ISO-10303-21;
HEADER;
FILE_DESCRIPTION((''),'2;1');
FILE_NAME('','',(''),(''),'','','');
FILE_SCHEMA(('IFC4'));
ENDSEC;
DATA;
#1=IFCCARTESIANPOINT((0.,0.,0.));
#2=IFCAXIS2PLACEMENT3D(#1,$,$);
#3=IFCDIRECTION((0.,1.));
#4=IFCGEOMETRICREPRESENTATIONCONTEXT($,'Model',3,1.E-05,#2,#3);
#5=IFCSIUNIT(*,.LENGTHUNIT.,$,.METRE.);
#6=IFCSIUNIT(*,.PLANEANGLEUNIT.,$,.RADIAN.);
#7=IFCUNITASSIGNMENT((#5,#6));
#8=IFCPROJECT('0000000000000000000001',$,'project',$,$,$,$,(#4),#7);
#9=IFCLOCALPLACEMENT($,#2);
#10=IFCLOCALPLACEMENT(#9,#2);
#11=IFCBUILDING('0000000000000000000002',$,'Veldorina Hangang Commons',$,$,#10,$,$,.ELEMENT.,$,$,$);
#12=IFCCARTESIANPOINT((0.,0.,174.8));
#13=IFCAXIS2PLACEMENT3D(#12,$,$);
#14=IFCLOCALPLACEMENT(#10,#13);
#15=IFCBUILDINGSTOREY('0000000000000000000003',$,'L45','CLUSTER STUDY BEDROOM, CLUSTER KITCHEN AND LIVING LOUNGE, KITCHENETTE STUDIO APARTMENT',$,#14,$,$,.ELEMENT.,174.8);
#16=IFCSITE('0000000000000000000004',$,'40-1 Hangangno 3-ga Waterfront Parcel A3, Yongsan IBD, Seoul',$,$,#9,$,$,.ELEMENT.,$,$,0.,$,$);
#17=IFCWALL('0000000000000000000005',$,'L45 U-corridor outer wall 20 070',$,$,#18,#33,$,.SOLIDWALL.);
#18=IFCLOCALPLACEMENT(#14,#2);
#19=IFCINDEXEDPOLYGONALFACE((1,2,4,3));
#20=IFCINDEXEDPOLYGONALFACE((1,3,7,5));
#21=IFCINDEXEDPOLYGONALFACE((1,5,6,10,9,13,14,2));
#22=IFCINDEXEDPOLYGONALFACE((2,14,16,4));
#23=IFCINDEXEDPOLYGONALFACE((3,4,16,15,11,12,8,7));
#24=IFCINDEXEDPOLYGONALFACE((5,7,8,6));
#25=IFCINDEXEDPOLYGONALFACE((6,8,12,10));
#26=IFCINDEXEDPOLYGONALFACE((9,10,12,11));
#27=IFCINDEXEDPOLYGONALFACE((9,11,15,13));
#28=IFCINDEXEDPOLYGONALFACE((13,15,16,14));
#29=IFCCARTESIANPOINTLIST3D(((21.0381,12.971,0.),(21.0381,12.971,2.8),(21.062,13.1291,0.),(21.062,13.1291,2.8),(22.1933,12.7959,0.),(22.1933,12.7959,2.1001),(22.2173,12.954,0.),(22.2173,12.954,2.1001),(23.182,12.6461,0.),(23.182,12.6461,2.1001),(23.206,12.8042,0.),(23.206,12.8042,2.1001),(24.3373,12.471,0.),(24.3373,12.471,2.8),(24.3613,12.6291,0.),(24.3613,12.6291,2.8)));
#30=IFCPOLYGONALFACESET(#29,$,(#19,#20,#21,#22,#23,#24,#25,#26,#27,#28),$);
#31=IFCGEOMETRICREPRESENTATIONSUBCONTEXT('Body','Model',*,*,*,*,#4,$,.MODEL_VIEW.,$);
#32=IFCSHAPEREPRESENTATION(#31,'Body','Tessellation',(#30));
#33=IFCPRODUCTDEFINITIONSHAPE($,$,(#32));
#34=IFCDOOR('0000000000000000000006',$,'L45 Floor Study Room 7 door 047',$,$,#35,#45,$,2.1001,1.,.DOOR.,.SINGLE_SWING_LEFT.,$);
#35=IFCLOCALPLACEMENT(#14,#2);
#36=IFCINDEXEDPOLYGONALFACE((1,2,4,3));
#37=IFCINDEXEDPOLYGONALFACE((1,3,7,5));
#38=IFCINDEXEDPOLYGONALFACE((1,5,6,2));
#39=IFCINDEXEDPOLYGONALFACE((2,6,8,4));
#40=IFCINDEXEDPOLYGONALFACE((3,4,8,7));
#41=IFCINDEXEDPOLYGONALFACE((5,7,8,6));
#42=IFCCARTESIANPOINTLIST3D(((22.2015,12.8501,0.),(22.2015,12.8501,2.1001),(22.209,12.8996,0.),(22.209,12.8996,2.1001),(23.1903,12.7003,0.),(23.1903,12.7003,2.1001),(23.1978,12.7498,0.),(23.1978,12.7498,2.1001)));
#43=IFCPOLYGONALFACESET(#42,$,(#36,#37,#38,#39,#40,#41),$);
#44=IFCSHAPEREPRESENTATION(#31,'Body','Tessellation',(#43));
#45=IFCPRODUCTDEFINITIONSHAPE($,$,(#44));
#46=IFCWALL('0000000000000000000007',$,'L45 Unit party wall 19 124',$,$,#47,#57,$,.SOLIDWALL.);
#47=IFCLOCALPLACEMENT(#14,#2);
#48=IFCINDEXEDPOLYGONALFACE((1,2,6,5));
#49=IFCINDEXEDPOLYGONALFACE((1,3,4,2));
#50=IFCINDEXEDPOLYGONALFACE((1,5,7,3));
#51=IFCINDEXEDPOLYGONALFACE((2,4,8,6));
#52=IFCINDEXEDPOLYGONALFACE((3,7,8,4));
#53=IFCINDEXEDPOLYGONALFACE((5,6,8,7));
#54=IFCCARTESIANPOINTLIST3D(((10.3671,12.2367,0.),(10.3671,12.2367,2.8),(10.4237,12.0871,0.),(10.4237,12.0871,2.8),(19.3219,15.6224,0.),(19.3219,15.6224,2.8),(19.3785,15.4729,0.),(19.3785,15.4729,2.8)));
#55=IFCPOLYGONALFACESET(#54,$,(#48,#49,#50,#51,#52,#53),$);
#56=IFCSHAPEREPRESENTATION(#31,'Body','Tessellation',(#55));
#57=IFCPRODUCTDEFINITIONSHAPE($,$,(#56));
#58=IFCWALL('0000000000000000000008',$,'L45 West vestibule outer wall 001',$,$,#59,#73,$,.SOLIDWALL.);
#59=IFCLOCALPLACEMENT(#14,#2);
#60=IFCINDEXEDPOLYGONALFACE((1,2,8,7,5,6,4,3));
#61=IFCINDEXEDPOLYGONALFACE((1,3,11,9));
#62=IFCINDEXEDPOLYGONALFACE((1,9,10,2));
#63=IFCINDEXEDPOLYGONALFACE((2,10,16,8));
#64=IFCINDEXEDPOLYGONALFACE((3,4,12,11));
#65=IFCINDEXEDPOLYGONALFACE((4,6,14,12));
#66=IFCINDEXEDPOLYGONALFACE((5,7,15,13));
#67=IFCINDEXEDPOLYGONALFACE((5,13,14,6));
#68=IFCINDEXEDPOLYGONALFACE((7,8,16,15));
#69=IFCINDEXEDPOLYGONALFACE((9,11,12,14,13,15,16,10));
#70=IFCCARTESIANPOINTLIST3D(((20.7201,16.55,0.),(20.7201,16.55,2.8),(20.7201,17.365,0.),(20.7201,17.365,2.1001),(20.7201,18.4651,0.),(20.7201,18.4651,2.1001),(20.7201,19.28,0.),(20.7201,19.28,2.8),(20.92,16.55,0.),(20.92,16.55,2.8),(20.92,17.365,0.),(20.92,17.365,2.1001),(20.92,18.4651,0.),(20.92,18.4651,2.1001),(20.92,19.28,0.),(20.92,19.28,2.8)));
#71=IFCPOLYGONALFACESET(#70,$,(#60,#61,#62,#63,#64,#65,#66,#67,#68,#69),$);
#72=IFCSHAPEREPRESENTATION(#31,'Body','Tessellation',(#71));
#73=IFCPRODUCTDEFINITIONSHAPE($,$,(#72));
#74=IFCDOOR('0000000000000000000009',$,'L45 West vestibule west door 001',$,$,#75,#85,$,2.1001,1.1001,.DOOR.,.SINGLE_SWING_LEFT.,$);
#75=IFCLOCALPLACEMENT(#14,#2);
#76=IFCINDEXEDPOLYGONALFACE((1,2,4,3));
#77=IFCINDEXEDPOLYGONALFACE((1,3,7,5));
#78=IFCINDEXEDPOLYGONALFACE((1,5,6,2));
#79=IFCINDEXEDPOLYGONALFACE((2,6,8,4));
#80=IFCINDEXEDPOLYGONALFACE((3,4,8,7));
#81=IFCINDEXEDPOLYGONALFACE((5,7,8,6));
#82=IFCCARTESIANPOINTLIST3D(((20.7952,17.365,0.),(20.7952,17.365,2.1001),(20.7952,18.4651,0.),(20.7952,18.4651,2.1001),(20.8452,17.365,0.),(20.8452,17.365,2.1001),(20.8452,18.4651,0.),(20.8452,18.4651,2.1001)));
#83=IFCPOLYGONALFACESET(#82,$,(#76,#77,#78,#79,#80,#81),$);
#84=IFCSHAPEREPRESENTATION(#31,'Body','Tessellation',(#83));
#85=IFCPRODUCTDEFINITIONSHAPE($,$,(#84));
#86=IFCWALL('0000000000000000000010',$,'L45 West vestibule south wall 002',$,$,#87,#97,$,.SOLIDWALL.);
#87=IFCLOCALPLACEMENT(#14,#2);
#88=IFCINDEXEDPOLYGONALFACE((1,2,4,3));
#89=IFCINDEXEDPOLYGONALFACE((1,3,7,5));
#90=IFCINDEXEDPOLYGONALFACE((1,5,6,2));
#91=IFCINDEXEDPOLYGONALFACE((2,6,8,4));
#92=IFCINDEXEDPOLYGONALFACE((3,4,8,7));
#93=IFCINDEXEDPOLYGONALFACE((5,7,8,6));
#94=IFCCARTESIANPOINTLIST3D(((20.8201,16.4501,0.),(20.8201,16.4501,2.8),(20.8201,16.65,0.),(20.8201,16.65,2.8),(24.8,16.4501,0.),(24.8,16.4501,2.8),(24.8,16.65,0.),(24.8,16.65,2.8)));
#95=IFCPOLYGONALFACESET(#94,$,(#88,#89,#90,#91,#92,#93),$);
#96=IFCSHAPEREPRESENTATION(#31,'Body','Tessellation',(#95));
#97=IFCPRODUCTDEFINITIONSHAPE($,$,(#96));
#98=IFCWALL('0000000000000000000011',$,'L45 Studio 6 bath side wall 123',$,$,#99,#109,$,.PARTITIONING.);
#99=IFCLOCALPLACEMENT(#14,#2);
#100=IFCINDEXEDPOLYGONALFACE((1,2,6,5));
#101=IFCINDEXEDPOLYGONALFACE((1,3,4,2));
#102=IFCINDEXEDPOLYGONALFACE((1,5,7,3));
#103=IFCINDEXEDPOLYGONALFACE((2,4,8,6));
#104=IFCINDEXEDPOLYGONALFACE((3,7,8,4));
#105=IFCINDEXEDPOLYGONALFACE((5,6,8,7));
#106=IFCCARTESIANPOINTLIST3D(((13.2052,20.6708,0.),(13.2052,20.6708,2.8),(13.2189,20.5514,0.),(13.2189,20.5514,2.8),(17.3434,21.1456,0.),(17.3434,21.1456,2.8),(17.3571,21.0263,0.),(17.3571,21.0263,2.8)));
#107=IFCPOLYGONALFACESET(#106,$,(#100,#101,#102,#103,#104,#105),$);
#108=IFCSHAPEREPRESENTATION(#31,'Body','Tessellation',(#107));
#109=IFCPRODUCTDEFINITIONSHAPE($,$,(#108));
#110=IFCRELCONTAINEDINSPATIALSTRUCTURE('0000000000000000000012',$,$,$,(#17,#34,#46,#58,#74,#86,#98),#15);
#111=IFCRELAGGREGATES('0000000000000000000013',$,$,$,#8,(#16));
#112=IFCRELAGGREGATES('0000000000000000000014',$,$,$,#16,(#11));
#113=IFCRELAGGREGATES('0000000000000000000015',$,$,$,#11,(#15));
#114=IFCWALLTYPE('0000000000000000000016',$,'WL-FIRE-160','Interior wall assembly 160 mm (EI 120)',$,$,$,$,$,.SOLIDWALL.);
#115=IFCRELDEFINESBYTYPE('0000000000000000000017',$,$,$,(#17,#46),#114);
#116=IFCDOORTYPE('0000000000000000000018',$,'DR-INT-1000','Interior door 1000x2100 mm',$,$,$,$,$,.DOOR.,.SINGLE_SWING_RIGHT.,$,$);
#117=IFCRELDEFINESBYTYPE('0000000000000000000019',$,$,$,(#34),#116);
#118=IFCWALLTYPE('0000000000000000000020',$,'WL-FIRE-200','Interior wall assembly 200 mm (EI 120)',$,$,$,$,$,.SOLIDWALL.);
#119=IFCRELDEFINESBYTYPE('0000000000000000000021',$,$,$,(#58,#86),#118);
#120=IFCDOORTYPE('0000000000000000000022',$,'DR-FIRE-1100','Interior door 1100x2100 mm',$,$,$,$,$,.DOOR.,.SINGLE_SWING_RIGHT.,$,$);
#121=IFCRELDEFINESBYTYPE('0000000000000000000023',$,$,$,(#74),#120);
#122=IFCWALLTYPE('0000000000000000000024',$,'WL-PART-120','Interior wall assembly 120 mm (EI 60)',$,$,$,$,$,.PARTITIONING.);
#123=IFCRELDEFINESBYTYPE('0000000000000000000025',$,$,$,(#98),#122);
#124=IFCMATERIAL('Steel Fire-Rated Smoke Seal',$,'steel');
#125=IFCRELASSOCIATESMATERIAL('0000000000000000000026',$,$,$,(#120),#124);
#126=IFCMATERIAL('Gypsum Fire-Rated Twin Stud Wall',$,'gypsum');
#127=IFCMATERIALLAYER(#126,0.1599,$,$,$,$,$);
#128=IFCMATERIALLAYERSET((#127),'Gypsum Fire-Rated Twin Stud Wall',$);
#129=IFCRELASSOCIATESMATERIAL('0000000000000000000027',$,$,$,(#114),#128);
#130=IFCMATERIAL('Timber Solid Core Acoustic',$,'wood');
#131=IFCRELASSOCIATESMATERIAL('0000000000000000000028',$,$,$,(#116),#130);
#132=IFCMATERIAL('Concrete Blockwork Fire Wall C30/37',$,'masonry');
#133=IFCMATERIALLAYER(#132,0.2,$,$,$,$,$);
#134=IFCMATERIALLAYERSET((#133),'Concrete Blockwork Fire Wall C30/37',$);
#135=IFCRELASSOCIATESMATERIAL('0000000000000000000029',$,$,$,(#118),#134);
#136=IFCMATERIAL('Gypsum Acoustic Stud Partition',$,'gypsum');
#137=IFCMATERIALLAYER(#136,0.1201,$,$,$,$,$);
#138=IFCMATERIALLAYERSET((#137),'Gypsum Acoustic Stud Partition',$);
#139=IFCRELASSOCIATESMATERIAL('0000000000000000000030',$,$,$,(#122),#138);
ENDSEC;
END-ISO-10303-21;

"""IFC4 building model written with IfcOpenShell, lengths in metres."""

from ifc_helpers import new_model, si_unit, direction, frame, frame_2d, origin, place, context, subcontext, project, spatial, rectangle, extrude, material, layer, layer_set, type_object, element, fill, save


model = new_model("IFC4")

# Units and contexts
model_context = context("Model", 3, precision=1e-05, world=origin(), true_north=direction((0.0, 1.0)))
body_context = subcontext(model_context, "Body", "Model", "MODEL_VIEW")
ifc_project = project(units=[si_unit("LENGTHUNIT", "METRE"), si_unit("PLANEANGLEUNIT", "RADIAN")], contexts=[model_context])

# Site, building, storey
site_placement = place(None, origin())
site = spatial("IfcSite", under=ifc_project, at=site_placement, Name="40-1 Hangangno 3-ga Waterfront Parcel A3, Yongsan IBD, Seoul", CompositionType="ELEMENT", RefElevation=0.0)
building_placement = place(site_placement, origin())
building = spatial("IfcBuilding", under=site, at=building_placement, Name="Veldorina Hangang Commons", CompositionType="ELEMENT")
storey_placement = place(building_placement, frame((0.0, 0.0, 174.8)))
storey = spatial("IfcBuildingStorey", under=building, at=storey_placement, Name="L45", Description="CLUSTER STUDY BEDROOM, CLUSTER KITCHEN AND LIVING LOUNGE, KITCHENETTE STUDIO APARTMENT", CompositionType="ELEMENT", Elevation=174.8)

# Shared definitions
ifc_material_1 = material(Name="Steel Fire-Rated Smoke Seal", Category="steel")
door_type_1 = type_object("IfcDoorType", Name="DR-FIRE-1100", Description="Interior door 1100x2100 mm", OperationType="SINGLE_SWING_RIGHT", PredefinedType="DOOR", material=ifc_material_1)
ifc_material_2 = material(Name="Gypsum Fire-Rated Twin Stud Wall", Category="gypsum")
ifc_layer_1 = layer(ifc_material_2, 0.1599)
ifc_layer_set_1 = layer_set([ifc_layer_1], Name="Gypsum Fire-Rated Twin Stud Wall")
wall_type_1 = type_object("IfcWallType", Name="WL-FIRE-160", Description="Interior wall assembly 160 mm (EI 120)", PredefinedType="SOLIDWALL", material=ifc_layer_set_1)

# Wall, opening, door
wall_1_placement = place(storey_placement, frame((21.05, 13.05, 0.0), z_axis=(0.0, 0.0, 1.0), x_axis=(0.988711, -0.149836, 0.0)))
wall_1 = element("IfcWall", 1, at=wall_1_placement, inside=storey, type_object=wall_type_1, Name="L45 U-corridor outer wall 20 070", PredefinedType="SOLIDWALL", context=body_context, shape_type="SweptSolid", body=[
    extrude(rectangle(XDim=3.3369, YDim=0.1599, at=frame_2d((1.6685, 0.0))), origin(), (0.0, 0.0, 1.0), 2.8),
])
opening_1_placement = place(wall_1_placement, frame((1.1685, 0.0, 0.0)))
opening_1 = element("IfcOpeningElement", 2, at=opening_1_placement, cuts=wall_1, PredefinedType="OPENING", context=body_context, shape_type="SweptSolid", body=[
    extrude(rectangle(XDim=1.0, YDim=2.1001, at=frame_2d((0.5, 1.05))), frame((0.0, 0.0898, 0.0), z_axis=(0.0, -1.0, 0.0), x_axis=(1.0, 0.0, 0.0)), (0.0, 0.0, 1.0), 0.1799),
])
ifc_material_3 = material(Name="Timber Solid Core Acoustic", Category="wood")
door_type_2 = type_object("IfcDoorType", Name="DR-INT-1000", Description="Interior door 1000x2100 mm", OperationType="SINGLE_SWING_RIGHT", PredefinedType="DOOR", material=ifc_material_3)
door_1_placement = place(opening_1_placement, origin())
door_1 = element("IfcDoor", 3, at=door_1_placement, inside=storey, type_object=door_type_2, Name="L45 Floor Study Room 7 door 047", OperationType="SINGLE_SWING_LEFT", OverallHeight=2.1001, OverallWidth=1.0, PredefinedType="DOOR", context=body_context, shape_type="SweptSolid", body=[
    extrude(rectangle(XDim=1.0, YDim=2.1001, at=frame_2d((0.5, 1.05))), frame((0.0, 0.0249, 0.0), z_axis=(0.0, -1.0, 0.0), x_axis=(1.0, 0.0, 0.0)), (0.0, 0.0, 1.0), 0.05),
])
fill(opening_1, door_1)

# Wall
wall_2_placement = place(storey_placement, frame((19.3501, 15.5476, 0.0), z_axis=(0.0, 0.0, 1.0), x_axis=(-0.935375, -0.353657, 0.0)))
element("IfcWall", 4, at=wall_2_placement, inside=storey, type_object=wall_type_1, Name="L45 Unit party wall 19 124", PredefinedType="SOLIDWALL", context=body_context, shape_type="SweptSolid", body=[
    extrude(rectangle(XDim=9.5735, YDim=0.1599, at=frame_2d((4.7866, 0.0))), origin(), (0.0, 0.0, 1.0), 2.8),
])

# Wall, opening, door
ifc_material_4 = material(Name="Concrete Blockwork Fire Wall C30/37", Category="masonry")
ifc_layer_2 = layer(ifc_material_4, 0.2)
ifc_layer_set_2 = layer_set([ifc_layer_2], Name="Concrete Blockwork Fire Wall C30/37")
wall_type_2 = type_object("IfcWallType", Name="WL-FIRE-200", Description="Interior wall assembly 200 mm (EI 120)", PredefinedType="SOLIDWALL", material=ifc_layer_set_2)
wall_3_placement = place(storey_placement, frame((20.8201, 16.55, 0.0), z_axis=(0.0, 0.0, 1.0), x_axis=(0.0, 1.0, 0.0)))
wall_3 = element("IfcWall", 5, at=wall_3_placement, inside=storey, type_object=wall_type_2, Name="L45 West vestibule outer wall 001", PredefinedType="SOLIDWALL", context=body_context, shape_type="SweptSolid", body=[
    extrude(rectangle(XDim=2.73, YDim=0.2, at=frame_2d((1.365, 0.0))), origin(), (0.0, 0.0, 1.0), 2.8),
])
opening_2_placement = place(wall_3_placement, frame((0.8149, 0.0, 0.0)))
opening_2 = element("IfcOpeningElement", 6, at=opening_2_placement, cuts=wall_3, PredefinedType="OPENING", context=body_context, shape_type="SweptSolid", body=[
    extrude(rectangle(XDim=1.1001, YDim=2.1001, at=frame_2d((0.55, 1.05))), frame((0.0, 0.1099, 0.0), z_axis=(0.0, -1.0, 0.0), x_axis=(1.0, 0.0, 0.0)), (0.0, 0.0, 1.0), 0.22),
])
door_2_placement = place(opening_2_placement, origin())
door_2 = element("IfcDoor", 7, at=door_2_placement, inside=storey, type_object=door_type_1, Name="L45 West vestibule west door 001", OperationType="SINGLE_SWING_LEFT", OverallHeight=2.1001, OverallWidth=1.1001, PredefinedType="DOOR", context=body_context, shape_type="SweptSolid", body=[
    extrude(rectangle(XDim=1.1001, YDim=2.1001, at=frame_2d((0.55, 1.05))), frame((0.0, 0.0249, 0.0), z_axis=(0.0, -1.0, 0.0), x_axis=(1.0, 0.0, 0.0)), (0.0, 0.0, 1.0), 0.05),
])
fill(opening_2, door_2)

# Walls
wall_4_placement = place(storey_placement, frame((20.8201, 16.55, 0.0), z_axis=(0.0, 0.0, 1.0), x_axis=(1.0, 0.0, 0.0)))
element("IfcWall", 8, at=wall_4_placement, inside=storey, type_object=wall_type_2, Name="L45 West vestibule south wall 002", PredefinedType="SOLIDWALL", context=body_context, shape_type="SweptSolid", body=[
    extrude(rectangle(XDim=3.98, YDim=0.2, at=frame_2d((1.99, 0.0))), origin(), (0.0, 0.0, 1.0), 2.8),
])
ifc_material_5 = material(Name="Gypsum Acoustic Stud Partition", Category="gypsum")
ifc_layer_3 = layer(ifc_material_5, 0.1201)
ifc_layer_set_3 = layer_set([ifc_layer_3], Name="Gypsum Acoustic Stud Partition")
wall_type_3 = type_object("IfcWallType", Name="WL-PART-120", Description="Interior wall assembly 120 mm (EI 60)", PredefinedType="PARTITIONING", material=ifc_layer_set_3)
wall_5_placement = place(storey_placement, frame((17.3501, 21.0859, 0.0), z_axis=(0.0, 0.0, 1.0), x_axis=(-0.993481, -0.114001, 0.0)))
element("IfcWall", 9, at=wall_5_placement, inside=storey, type_object=wall_type_3, Name="L45 Studio 6 bath side wall 123", PredefinedType="PARTITIONING", context=body_context, shape_type="SweptSolid", body=[
    extrude(rectangle(XDim=4.1653, YDim=0.1201, at=frame_2d((2.0825, 0.0))), origin(), (0.0, 0.0, 1.0), 2.8),
])

save(model, "model.ifc")
